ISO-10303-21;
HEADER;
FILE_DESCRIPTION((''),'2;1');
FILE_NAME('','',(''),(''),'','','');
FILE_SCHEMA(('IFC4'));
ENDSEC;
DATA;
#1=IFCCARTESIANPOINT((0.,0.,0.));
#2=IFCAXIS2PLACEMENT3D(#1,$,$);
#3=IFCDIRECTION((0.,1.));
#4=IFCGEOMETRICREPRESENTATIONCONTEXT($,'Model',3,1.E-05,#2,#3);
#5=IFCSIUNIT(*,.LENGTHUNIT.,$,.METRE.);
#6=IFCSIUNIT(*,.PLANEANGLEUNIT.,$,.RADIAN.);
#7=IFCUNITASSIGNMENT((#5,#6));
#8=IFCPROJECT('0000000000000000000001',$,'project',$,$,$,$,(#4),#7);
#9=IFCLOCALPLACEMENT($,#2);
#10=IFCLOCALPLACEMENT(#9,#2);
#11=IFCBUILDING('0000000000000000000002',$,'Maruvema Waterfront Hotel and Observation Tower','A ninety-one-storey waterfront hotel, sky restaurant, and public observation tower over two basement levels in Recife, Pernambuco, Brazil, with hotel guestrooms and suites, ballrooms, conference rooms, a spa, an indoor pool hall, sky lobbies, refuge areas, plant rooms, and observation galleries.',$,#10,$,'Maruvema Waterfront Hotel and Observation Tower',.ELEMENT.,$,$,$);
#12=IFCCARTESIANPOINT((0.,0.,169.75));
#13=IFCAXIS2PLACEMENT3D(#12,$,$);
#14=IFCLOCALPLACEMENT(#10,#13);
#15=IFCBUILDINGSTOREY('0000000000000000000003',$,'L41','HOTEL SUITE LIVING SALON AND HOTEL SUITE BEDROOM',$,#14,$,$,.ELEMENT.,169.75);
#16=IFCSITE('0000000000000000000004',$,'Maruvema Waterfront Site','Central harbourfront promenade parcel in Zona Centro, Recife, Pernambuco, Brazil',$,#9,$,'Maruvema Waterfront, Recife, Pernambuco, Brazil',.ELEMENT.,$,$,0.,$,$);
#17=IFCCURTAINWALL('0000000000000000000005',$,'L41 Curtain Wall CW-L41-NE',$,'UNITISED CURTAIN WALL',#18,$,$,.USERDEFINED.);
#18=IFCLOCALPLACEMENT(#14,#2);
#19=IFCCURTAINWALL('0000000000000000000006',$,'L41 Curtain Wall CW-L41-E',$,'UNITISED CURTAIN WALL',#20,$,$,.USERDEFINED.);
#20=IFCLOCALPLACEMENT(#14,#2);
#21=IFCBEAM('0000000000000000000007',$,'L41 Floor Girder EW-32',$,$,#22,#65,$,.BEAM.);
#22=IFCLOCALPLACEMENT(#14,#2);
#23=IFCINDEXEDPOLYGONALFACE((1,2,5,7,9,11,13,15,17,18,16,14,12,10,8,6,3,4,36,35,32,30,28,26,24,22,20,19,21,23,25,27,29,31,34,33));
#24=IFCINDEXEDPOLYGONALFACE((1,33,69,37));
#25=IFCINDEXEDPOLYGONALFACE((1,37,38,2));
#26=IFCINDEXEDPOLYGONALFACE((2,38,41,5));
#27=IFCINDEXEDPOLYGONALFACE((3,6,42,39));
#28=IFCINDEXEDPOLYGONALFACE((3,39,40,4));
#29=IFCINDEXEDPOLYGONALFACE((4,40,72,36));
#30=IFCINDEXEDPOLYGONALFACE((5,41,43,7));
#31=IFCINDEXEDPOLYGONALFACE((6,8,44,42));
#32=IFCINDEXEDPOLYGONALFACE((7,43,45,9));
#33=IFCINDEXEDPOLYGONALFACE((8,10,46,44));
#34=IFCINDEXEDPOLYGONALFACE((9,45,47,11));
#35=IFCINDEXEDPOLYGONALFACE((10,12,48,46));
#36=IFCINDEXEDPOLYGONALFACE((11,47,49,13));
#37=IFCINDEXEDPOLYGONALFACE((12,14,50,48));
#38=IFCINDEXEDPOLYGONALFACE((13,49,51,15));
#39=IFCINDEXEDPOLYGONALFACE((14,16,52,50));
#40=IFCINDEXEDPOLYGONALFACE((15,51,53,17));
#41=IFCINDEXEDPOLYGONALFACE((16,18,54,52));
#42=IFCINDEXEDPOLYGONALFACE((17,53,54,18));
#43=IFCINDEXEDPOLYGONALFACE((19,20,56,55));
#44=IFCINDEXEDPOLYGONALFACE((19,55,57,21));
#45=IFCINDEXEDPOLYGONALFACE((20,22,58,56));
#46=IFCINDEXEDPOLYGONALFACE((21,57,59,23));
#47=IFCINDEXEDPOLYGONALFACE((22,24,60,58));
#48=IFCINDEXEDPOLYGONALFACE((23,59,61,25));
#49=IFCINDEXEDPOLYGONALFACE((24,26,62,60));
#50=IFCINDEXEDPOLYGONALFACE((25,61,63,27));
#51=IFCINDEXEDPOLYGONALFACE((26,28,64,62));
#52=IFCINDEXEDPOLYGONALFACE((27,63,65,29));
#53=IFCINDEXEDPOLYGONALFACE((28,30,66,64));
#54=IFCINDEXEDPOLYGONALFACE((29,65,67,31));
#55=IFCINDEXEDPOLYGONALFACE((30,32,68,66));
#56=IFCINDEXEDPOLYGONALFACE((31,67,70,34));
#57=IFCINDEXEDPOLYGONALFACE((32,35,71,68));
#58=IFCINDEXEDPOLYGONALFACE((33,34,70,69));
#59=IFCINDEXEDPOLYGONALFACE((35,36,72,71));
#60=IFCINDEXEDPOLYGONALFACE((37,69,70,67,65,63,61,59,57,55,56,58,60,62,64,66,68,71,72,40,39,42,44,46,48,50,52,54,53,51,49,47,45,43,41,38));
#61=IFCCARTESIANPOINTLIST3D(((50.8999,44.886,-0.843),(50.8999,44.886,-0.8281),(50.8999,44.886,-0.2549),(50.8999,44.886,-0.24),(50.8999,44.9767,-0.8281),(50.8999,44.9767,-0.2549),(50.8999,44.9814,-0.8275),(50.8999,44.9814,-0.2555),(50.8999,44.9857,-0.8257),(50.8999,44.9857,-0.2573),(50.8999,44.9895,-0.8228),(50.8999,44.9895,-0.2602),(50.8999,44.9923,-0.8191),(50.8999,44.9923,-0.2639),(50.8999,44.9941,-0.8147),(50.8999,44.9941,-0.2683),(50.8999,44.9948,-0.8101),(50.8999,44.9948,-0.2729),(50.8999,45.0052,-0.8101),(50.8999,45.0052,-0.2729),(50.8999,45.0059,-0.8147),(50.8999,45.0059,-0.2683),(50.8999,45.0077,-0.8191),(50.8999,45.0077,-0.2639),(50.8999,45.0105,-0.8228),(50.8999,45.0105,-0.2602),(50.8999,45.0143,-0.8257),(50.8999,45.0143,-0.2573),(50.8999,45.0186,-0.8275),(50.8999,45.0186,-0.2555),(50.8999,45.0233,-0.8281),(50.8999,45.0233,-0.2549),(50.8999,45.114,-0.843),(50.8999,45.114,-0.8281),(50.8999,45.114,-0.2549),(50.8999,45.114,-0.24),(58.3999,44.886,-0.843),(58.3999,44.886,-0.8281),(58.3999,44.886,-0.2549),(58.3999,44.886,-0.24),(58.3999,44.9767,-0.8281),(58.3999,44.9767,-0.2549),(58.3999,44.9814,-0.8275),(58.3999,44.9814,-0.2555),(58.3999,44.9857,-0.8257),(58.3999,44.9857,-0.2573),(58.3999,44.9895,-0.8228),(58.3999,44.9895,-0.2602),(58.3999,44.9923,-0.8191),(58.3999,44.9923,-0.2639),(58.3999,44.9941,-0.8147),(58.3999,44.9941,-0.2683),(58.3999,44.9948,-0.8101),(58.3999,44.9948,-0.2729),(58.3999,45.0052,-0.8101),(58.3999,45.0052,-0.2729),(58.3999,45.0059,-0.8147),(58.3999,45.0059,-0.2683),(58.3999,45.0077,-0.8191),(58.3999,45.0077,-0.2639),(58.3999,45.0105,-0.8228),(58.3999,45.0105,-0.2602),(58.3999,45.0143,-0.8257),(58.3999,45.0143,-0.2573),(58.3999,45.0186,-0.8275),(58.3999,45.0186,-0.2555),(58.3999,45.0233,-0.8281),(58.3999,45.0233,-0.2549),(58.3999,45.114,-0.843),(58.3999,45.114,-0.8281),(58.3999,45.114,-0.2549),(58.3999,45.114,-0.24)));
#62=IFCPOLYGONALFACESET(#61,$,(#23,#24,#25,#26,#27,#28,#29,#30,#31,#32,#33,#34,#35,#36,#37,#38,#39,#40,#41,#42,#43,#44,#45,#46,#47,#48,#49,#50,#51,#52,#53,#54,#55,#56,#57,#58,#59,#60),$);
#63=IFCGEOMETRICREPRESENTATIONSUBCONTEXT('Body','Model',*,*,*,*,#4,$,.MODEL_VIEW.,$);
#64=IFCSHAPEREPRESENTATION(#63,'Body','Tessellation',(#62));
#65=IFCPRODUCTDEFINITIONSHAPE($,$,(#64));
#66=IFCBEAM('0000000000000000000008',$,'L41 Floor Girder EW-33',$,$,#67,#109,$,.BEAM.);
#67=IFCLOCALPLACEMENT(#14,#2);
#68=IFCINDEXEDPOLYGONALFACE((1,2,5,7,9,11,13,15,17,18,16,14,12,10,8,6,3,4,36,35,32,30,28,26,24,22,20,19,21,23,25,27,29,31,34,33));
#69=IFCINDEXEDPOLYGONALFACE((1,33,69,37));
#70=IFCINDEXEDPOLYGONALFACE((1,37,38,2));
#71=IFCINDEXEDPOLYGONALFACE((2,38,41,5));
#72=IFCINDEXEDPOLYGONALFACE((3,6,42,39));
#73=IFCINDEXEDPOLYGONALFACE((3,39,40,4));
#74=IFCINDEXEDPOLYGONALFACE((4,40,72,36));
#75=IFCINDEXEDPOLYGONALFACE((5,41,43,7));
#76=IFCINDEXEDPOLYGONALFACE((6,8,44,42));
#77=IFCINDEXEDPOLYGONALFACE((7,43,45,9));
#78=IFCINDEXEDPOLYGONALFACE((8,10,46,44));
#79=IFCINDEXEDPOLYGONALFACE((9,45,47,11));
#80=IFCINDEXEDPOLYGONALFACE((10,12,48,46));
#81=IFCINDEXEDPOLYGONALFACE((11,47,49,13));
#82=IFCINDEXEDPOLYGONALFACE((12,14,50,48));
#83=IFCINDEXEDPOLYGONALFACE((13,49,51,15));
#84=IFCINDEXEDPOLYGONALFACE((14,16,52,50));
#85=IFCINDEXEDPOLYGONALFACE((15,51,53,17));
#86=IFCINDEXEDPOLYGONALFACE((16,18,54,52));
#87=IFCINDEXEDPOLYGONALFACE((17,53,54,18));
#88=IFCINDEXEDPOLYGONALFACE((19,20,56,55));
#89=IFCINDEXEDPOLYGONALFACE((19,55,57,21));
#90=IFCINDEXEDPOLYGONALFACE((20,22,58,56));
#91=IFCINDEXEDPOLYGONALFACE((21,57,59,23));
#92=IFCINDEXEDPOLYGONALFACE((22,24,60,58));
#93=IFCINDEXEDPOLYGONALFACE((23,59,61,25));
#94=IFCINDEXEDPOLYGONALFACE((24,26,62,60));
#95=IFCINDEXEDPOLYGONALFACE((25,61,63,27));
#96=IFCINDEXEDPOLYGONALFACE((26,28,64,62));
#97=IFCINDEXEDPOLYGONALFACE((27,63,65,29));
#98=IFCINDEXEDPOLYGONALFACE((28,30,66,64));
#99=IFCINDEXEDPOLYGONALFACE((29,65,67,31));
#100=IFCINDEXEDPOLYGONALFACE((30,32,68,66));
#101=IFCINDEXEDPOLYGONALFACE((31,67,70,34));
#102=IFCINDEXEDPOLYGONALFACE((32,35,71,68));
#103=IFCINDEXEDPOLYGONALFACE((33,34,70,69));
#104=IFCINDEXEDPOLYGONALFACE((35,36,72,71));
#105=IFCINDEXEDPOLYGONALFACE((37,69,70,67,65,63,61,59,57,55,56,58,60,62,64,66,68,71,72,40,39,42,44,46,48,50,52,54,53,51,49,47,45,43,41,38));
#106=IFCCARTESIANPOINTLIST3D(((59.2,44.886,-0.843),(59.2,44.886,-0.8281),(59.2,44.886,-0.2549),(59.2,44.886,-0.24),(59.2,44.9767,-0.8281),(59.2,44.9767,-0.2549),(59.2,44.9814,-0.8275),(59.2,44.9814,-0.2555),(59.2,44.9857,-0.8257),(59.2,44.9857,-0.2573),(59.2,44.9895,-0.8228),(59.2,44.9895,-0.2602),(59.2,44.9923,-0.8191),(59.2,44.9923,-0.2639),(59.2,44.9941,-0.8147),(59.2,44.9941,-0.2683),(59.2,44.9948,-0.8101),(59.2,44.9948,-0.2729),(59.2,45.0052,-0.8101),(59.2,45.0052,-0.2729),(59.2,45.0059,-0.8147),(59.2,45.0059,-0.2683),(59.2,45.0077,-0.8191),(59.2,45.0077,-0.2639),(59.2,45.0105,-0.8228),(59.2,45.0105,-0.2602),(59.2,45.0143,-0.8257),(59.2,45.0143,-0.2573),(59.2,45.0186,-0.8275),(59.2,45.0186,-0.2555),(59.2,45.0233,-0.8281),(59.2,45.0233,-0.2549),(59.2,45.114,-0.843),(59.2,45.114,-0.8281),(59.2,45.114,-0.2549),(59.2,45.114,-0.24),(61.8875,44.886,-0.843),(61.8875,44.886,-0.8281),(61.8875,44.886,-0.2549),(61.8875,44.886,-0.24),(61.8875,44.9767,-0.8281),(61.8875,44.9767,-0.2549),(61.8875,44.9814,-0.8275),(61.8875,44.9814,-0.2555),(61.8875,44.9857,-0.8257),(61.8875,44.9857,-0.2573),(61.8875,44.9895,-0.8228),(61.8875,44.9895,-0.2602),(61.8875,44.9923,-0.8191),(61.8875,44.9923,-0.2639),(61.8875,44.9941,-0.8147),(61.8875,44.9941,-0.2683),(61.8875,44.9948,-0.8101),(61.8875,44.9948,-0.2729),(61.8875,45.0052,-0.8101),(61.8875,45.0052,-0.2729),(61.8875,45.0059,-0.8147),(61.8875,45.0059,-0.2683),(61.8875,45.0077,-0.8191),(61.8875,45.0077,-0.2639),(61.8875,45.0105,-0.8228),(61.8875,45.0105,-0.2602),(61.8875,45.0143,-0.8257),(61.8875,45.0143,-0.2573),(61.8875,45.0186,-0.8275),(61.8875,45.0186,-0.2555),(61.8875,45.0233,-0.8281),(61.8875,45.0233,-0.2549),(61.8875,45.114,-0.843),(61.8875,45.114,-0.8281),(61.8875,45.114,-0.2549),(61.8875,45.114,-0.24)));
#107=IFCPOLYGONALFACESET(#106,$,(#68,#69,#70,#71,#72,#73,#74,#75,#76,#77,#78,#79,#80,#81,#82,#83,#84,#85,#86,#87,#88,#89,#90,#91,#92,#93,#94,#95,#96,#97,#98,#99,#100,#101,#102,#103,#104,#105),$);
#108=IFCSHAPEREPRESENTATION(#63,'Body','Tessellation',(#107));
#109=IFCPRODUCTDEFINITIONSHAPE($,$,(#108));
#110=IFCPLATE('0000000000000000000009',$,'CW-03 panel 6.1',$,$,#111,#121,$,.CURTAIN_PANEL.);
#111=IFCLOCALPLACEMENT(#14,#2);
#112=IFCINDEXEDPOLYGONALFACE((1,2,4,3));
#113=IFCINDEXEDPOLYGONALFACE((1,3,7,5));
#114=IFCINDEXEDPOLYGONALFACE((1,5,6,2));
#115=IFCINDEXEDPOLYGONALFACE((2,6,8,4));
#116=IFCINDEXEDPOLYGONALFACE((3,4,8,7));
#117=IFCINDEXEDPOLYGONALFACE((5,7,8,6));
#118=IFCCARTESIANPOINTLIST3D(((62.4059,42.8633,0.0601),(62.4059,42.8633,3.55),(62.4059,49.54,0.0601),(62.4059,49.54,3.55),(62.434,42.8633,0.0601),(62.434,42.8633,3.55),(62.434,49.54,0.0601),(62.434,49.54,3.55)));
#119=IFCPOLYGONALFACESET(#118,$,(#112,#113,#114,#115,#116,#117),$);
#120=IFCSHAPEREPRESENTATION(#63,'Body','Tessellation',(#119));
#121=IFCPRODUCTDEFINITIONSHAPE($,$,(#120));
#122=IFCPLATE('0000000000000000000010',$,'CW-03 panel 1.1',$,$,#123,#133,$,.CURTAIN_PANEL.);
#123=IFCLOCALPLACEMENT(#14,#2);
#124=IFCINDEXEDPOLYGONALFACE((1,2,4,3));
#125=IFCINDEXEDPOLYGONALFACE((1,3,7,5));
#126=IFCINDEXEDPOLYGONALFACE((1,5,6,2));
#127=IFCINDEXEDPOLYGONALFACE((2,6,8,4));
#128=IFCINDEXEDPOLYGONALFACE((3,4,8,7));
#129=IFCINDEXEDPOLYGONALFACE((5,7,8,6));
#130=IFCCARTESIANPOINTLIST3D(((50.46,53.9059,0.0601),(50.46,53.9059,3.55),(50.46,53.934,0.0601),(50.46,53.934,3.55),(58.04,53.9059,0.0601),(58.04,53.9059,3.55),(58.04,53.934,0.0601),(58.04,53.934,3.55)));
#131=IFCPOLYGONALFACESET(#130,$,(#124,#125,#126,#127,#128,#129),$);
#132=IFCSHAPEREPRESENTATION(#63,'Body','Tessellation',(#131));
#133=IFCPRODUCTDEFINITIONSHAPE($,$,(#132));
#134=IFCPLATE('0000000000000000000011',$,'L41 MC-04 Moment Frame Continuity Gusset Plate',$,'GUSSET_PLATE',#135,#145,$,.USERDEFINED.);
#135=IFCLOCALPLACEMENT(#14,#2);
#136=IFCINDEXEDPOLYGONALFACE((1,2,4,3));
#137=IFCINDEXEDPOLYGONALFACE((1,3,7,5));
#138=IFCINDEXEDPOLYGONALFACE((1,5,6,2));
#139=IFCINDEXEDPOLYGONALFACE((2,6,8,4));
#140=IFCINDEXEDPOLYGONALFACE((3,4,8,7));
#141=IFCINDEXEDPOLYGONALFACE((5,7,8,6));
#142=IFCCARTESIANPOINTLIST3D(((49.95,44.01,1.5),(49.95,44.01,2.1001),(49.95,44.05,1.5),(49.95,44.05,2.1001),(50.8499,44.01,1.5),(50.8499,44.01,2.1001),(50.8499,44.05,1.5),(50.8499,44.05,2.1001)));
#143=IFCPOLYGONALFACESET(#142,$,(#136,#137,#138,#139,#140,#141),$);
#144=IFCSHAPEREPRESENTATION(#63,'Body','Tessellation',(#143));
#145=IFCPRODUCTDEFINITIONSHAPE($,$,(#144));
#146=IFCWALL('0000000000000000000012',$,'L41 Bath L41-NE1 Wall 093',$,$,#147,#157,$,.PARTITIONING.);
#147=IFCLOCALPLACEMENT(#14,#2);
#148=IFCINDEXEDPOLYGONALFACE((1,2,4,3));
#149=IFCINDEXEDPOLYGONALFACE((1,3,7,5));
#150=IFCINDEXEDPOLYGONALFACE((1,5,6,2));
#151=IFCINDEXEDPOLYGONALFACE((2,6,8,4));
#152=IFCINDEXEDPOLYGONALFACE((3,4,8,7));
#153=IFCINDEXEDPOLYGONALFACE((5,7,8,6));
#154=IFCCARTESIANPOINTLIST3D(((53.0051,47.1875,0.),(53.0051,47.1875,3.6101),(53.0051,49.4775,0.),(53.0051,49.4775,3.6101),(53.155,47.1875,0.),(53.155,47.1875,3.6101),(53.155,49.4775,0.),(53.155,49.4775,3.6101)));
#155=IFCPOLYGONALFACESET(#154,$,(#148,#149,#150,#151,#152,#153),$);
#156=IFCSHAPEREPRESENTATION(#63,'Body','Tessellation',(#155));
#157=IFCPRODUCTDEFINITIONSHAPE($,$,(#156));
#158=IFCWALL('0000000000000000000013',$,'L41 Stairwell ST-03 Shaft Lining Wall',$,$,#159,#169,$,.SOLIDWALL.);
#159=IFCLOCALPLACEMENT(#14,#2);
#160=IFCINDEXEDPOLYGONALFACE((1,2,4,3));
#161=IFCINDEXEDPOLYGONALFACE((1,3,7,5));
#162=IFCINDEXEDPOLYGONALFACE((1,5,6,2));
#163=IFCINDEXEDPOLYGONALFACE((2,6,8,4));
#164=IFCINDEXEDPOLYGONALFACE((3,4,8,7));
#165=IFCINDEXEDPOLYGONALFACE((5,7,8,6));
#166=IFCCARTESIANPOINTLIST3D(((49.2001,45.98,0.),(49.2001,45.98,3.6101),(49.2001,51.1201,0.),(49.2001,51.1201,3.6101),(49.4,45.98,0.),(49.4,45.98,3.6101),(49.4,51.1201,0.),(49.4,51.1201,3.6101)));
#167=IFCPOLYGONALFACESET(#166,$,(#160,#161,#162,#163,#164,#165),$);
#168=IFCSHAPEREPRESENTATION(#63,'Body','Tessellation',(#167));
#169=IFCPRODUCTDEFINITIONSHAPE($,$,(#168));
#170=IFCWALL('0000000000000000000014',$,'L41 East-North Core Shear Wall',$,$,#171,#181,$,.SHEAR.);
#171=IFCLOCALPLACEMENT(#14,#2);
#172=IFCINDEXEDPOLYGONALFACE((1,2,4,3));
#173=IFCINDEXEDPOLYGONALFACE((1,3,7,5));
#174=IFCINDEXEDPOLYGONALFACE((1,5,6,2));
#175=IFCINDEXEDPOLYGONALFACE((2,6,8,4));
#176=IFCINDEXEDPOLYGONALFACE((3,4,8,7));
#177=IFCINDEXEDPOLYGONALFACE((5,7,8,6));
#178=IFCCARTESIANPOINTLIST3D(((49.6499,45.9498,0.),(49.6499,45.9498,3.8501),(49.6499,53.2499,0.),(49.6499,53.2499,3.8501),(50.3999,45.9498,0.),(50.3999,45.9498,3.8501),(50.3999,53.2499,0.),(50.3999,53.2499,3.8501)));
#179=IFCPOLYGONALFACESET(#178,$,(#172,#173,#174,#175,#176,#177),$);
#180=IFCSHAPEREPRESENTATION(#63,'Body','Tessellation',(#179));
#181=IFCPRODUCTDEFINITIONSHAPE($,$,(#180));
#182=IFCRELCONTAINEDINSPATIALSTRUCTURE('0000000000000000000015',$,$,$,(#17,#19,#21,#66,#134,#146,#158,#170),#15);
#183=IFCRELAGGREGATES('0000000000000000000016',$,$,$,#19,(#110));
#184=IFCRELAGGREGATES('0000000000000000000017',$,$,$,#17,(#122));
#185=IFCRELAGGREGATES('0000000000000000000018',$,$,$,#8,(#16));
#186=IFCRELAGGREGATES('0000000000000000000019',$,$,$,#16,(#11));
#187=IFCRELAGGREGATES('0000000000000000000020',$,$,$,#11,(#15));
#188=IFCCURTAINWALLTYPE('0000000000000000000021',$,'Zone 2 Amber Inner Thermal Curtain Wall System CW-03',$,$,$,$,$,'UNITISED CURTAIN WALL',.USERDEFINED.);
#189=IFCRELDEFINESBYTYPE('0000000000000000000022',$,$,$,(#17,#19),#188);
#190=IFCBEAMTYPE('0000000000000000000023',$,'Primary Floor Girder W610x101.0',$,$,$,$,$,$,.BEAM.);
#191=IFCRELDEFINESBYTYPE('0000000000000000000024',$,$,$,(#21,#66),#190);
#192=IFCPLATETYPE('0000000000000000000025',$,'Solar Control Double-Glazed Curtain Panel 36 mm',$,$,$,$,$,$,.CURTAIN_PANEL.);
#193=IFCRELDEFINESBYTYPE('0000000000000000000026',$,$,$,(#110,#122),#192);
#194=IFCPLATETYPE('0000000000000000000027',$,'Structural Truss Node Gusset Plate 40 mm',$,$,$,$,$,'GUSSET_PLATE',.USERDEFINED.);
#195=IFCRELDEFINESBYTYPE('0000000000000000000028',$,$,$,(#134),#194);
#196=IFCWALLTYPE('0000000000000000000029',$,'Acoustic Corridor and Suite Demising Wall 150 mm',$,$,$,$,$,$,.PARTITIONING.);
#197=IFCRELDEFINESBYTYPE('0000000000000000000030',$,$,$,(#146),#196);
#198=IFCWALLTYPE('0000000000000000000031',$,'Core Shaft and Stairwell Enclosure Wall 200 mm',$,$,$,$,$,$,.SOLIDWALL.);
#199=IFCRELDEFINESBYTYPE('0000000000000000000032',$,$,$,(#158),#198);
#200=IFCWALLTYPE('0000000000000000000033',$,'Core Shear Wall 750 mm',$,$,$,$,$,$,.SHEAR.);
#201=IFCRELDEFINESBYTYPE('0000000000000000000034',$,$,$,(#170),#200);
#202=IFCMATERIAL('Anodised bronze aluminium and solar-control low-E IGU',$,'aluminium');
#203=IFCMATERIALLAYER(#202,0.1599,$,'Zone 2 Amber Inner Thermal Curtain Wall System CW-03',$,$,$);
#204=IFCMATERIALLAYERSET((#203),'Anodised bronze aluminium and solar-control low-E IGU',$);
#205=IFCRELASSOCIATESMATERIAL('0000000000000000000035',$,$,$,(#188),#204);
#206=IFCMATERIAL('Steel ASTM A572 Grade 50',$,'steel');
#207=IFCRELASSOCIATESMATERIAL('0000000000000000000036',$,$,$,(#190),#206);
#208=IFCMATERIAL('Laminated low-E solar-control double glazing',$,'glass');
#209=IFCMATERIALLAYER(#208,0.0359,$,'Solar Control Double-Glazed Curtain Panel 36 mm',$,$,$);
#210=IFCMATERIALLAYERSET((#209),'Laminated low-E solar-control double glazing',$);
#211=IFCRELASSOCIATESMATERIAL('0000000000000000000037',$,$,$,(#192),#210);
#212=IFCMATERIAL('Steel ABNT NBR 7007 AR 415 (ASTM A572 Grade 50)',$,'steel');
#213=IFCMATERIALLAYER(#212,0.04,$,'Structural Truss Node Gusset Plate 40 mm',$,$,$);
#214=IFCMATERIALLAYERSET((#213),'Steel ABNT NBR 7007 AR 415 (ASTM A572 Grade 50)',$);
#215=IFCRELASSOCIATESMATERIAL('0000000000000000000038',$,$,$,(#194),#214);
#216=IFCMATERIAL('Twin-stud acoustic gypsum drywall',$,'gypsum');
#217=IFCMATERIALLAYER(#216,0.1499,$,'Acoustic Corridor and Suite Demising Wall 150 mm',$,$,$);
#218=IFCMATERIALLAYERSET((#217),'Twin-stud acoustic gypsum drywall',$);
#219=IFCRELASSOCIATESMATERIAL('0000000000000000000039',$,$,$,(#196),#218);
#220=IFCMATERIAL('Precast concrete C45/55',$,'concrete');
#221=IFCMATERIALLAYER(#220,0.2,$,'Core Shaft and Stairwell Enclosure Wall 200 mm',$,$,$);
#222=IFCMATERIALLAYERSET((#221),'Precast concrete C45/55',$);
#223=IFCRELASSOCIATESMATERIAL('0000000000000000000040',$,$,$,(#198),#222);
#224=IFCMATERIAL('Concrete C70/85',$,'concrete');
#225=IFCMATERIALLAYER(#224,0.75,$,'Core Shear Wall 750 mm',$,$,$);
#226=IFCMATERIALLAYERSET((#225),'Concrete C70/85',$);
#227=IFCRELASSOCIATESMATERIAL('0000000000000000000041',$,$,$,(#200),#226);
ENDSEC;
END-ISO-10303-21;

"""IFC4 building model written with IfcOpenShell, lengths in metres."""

from ifc_helpers import new_model, si_unit, direction, frame, frame_2d, origin, origin_2d, place, context, subcontext, project, spatial, rectangle, i_section, extrude, material, layer, layer_set, material_profile, profile_set, type_object, element, aggregate, save


model = new_model("IFC4")

# Units and contexts
model_context = context("Model", 3, precision=1e-05, world=origin(), true_north=direction((0.0, 1.0)))
body_context = subcontext(model_context, "Body", "Model", "MODEL_VIEW")
ifc_project = project(units=[si_unit("LENGTHUNIT", "METRE"), si_unit("PLANEANGLEUNIT", "RADIAN")], contexts=[model_context])

# Site, building, storey
site_placement = place(None, origin())
site = spatial("IfcSite", under=ifc_project, at=site_placement, Name="Maruvema Waterfront Site", Description="Central harbourfront promenade parcel in Zona Centro, Recife, Pernambuco, Brazil", LongName="Maruvema Waterfront, Recife, Pernambuco, Brazil", CompositionType="ELEMENT", RefElevation=0.0)
building_placement = place(site_placement, origin())
building = spatial("IfcBuilding", under=site, at=building_placement, Name="Maruvema Waterfront Hotel and Observation Tower", Description="A ninety-one-storey waterfront hotel, sky restaurant, and public observation tower over two basement levels in Recife, Pernambuco, Brazil, with hotel guestrooms and suites, ballrooms, conference rooms, a spa, an indoor pool hall, sky lobbies, refuge areas, plant rooms, and observation galleries.", LongName="Maruvema Waterfront Hotel and Observation Tower", CompositionType="ELEMENT")
storey_placement = place(building_placement, frame((0.0, 0.0, 169.75)))
storey = spatial("IfcBuildingStorey", under=building, at=storey_placement, Name="L41", Description="HOTEL SUITE LIVING SALON AND HOTEL SUITE BEDROOM", CompositionType="ELEMENT", Elevation=169.75)

# Curtain wall
ifc_material_1 = material(Name="Anodised bronze aluminium and solar-control low-E IGU", Category="aluminium")
ifc_layer_1 = layer(ifc_material_1, 0.1599, Name="Zone 2 Amber Inner Thermal Curtain Wall System CW-03")
ifc_layer_set_1 = layer_set([ifc_layer_1], Name="Anodised bronze aluminium and solar-control low-E IGU")
curtain_wall_type = type_object("IfcCurtainWallType", Name="Zone 2 Amber Inner Thermal Curtain Wall System CW-03", ElementType="UNITISED CURTAIN WALL", PredefinedType="USERDEFINED", material=ifc_layer_set_1)
curtain_wall_1_placement = place(storey_placement, origin())
curtain_wall_1 = element("IfcCurtainWall", 1, at=curtain_wall_1_placement, inside=storey, type_object=curtain_wall_type, Name="L41 Curtain Wall CW-L41-NE", ObjectType="UNITISED CURTAIN WALL", PredefinedType="USERDEFINED")

# Curtain wall
curtain_wall_2_placement = place(storey_placement, origin())
curtain_wall_2 = element("IfcCurtainWall", 2, at=curtain_wall_2_placement, inside=storey, type_object=curtain_wall_type, Name="L41 Curtain Wall CW-L41-E", ObjectType="UNITISED CURTAIN WALL", PredefinedType="USERDEFINED")

# Beams
ifc_material_2 = material(Name="Steel ASTM A572 Grade 50", Category="steel")
ifc_material_profile_1 = material_profile(ifc_material_2, i_section(OverallWidth=0.228, OverallDepth=0.603, WebThickness=0.0105, FlangeThickness=0.0149, FilletRadius=0.0181, at=origin_2d()), Name="W610x101.0")
ifc_profile_set_1 = profile_set([ifc_material_profile_1], Name="Steel ASTM A572 Grade 50")
beam_type = type_object("IfcBeamType", Name="Primary Floor Girder W610x101.0", PredefinedType="BEAM", material=ifc_profile_set_1)
beam_1_placement = place(storey_placement, frame((50.8999, 45.0, -0.5415), z_axis=(1.0, 0.0, 0.0), x_axis=(0.0, 1.0, 0.0)))
element("IfcBeam", 3, at=beam_1_placement, inside=storey, type_object=beam_type, Name="L41 Floor Girder EW-32", PredefinedType="BEAM", context=body_context, shape_type="SweptSolid", body=[
    extrude(i_section(OverallWidth=0.228, OverallDepth=0.603, WebThickness=0.0105, FlangeThickness=0.0149, FilletRadius=0.0181, at=origin_2d()), origin(), (0.0, 0.0, 1.0), 7.5),
])
beam_2_placement = place(storey_placement, frame((59.2, 45.0, -0.5415), z_axis=(1.0, 0.0, 0.0), x_axis=(0.0, 1.0, 0.0)))
element("IfcBeam", 4, at=beam_2_placement, inside=storey, type_object=beam_type, Name="L41 Floor Girder EW-33", PredefinedType="BEAM", context=body_context, shape_type="SweptSolid", body=[
    extrude(i_section(OverallWidth=0.228, OverallDepth=0.603, WebThickness=0.0105, FlangeThickness=0.0149, FilletRadius=0.0181, at=origin_2d()), origin(), (0.0, 0.0, 1.0), 2.6875),
])

# Plates
ifc_material_3 = material(Name="Laminated low-E solar-control double glazing", Category="glass")
ifc_layer_2 = layer(ifc_material_3, 0.0359, Name="Solar Control Double-Glazed Curtain Panel 36 mm")
ifc_layer_set_2 = layer_set([ifc_layer_2], Name="Laminated low-E solar-control double glazing")
plate_type_1 = type_object("IfcPlateType", Name="Solar Control Double-Glazed Curtain Panel 36 mm", PredefinedType="CURTAIN_PANEL", material=ifc_layer_set_2)
plate_1_placement = place(storey_placement, frame((62.4199, 46.2017, 0.0601), z_axis=(0.0, 0.0, 1.0), x_axis=(0.0, 1.0, 0.0)))
plate_1 = element("IfcPlate", 5, at=plate_1_placement, type_object=plate_type_1, Name="CW-03 panel 6.1", PredefinedType="CURTAIN_PANEL", context=body_context, shape_type="SweptSolid", body=[
    extrude(rectangle(XDim=6.6768, YDim=0.0281, at=origin_2d()), origin(), (0.0, 0.0, 1.0), 3.49),
])
aggregate(curtain_wall_2, [plate_1])
plate_2_placement = place(storey_placement, frame((54.25, 53.9199, 0.0601), z_axis=(0.0, 0.0, 1.0), x_axis=(-1.0, 0.0, 0.0)))
plate_2 = element("IfcPlate", 6, at=plate_2_placement, type_object=plate_type_1, Name="CW-03 panel 1.1", PredefinedType="CURTAIN_PANEL", context=body_context, shape_type="SweptSolid", body=[
    extrude(rectangle(XDim=7.5801, YDim=0.0281, at=origin_2d()), origin(), (0.0, 0.0, 1.0), 3.49),
])
aggregate(curtain_wall_1, [plate_2])
ifc_material_4 = material(Name="Steel ABNT NBR 7007 AR 415 (ASTM A572 Grade 50)", Category="steel")
ifc_layer_3 = layer(ifc_material_4, 0.04, Name="Structural Truss Node Gusset Plate 40 mm")
ifc_layer_set_3 = layer_set([ifc_layer_3], Name="Steel ABNT NBR 7007 AR 415 (ASTM A572 Grade 50)")
plate_type_2 = type_object("IfcPlateType", Name="Structural Truss Node Gusset Plate 40 mm", ElementType="GUSSET_PLATE", PredefinedType="USERDEFINED", material=ifc_layer_set_3)
plate_3_placement = place(storey_placement, frame((50.3999, 44.03, 1.5), z_axis=(0.0, 0.0, 1.0), x_axis=(1.0, 0.0, 0.0)))
element("IfcPlate", 7, at=plate_3_placement, inside=storey, type_object=plate_type_2, Name="L41 MC-04 Moment Frame Continuity Gusset Plate", ObjectType="GUSSET_PLATE", PredefinedType="USERDEFINED", context=body_context, shape_type="SweptSolid", body=[
    extrude(rectangle(XDim=0.8999, YDim=0.04, at=origin_2d()), origin(), (0.0, 0.0, 1.0), 0.6001),
])

# Walls
ifc_material_5 = material(Name="Twin-stud acoustic gypsum drywall", Category="gypsum")
ifc_layer_4 = layer(ifc_material_5, 0.1499, Name="Acoustic Corridor and Suite Demising Wall 150 mm")
ifc_layer_set_4 = layer_set([ifc_layer_4], Name="Twin-stud acoustic gypsum drywall")
wall_type_1 = type_object("IfcWallType", Name="Acoustic Corridor and Suite Demising Wall 150 mm", PredefinedType="PARTITIONING", material=ifc_layer_set_4)
wall_1_placement = place(storey_placement, frame((53.0801, 47.1875, 0.0), z_axis=(0.0, 0.0, 1.0), x_axis=(0.0, 1.0, 0.0)))
element("IfcWall", 8, at=wall_1_placement, inside=storey, type_object=wall_type_1, Name="L41 Bath L41-NE1 Wall 093", PredefinedType="PARTITIONING", context=body_context, shape_type="SweptSolid", body=[
    extrude(rectangle(XDim=2.29, YDim=0.1499, at=frame_2d((1.145, 0.0))), origin(), (0.0, 0.0, 1.0), 3.6101),
])
ifc_material_6 = material(Name="Precast concrete C45/55", Category="concrete")
ifc_layer_5 = layer(ifc_material_6, 0.2, Name="Core Shaft and Stairwell Enclosure Wall 200 mm")
ifc_layer_set_5 = layer_set([ifc_layer_5], Name="Precast concrete C45/55")
wall_type_2 = type_object("IfcWallType", Name="Core Shaft and Stairwell Enclosure Wall 200 mm", PredefinedType="SOLIDWALL", material=ifc_layer_set_5)
wall_2_placement = place(storey_placement, frame((49.3, 45.98, 0.0), z_axis=(0.0, 0.0, 1.0), x_axis=(0.0, 1.0, 0.0)))
element("IfcWall", 9, at=wall_2_placement, inside=storey, type_object=wall_type_2, Name="L41 Stairwell ST-03 Shaft Lining Wall", PredefinedType="SOLIDWALL", context=body_context, shape_type="SweptSolid", body=[
    extrude(rectangle(XDim=5.1401, YDim=0.2, at=frame_2d((2.5701, 0.0))), origin(), (0.0, 0.0, 1.0), 3.6101),
])
ifc_material_7 = material(Name="Concrete C70/85", Category="concrete")
ifc_layer_6 = layer(ifc_material_7, 0.75, Name="Core Shear Wall 750 mm")
ifc_layer_set_6 = layer_set([ifc_layer_6], Name="Concrete C70/85")
wall_type_3 = type_object("IfcWallType", Name="Core Shear Wall 750 mm", PredefinedType="SHEAR", material=ifc_layer_set_6)
wall_3_placement = place(storey_placement, frame((50.0249, 45.95, 0.0), z_axis=(0.0, 0.0, 1.0), x_axis=(0.0, 1.0, 0.0)))
element("IfcWall", 10, at=wall_3_placement, inside=storey, type_object=wall_type_3, Name="L41 East-North Core Shear Wall", PredefinedType="SHEAR", context=body_context, shape_type="SweptSolid", body=[
    extrude(rectangle(XDim=7.3, YDim=0.75, at=frame_2d((3.6499, 0.0))), origin(), (0.0, 0.0, 1.0), 3.8501),
])

save(model, "model.ifc")
